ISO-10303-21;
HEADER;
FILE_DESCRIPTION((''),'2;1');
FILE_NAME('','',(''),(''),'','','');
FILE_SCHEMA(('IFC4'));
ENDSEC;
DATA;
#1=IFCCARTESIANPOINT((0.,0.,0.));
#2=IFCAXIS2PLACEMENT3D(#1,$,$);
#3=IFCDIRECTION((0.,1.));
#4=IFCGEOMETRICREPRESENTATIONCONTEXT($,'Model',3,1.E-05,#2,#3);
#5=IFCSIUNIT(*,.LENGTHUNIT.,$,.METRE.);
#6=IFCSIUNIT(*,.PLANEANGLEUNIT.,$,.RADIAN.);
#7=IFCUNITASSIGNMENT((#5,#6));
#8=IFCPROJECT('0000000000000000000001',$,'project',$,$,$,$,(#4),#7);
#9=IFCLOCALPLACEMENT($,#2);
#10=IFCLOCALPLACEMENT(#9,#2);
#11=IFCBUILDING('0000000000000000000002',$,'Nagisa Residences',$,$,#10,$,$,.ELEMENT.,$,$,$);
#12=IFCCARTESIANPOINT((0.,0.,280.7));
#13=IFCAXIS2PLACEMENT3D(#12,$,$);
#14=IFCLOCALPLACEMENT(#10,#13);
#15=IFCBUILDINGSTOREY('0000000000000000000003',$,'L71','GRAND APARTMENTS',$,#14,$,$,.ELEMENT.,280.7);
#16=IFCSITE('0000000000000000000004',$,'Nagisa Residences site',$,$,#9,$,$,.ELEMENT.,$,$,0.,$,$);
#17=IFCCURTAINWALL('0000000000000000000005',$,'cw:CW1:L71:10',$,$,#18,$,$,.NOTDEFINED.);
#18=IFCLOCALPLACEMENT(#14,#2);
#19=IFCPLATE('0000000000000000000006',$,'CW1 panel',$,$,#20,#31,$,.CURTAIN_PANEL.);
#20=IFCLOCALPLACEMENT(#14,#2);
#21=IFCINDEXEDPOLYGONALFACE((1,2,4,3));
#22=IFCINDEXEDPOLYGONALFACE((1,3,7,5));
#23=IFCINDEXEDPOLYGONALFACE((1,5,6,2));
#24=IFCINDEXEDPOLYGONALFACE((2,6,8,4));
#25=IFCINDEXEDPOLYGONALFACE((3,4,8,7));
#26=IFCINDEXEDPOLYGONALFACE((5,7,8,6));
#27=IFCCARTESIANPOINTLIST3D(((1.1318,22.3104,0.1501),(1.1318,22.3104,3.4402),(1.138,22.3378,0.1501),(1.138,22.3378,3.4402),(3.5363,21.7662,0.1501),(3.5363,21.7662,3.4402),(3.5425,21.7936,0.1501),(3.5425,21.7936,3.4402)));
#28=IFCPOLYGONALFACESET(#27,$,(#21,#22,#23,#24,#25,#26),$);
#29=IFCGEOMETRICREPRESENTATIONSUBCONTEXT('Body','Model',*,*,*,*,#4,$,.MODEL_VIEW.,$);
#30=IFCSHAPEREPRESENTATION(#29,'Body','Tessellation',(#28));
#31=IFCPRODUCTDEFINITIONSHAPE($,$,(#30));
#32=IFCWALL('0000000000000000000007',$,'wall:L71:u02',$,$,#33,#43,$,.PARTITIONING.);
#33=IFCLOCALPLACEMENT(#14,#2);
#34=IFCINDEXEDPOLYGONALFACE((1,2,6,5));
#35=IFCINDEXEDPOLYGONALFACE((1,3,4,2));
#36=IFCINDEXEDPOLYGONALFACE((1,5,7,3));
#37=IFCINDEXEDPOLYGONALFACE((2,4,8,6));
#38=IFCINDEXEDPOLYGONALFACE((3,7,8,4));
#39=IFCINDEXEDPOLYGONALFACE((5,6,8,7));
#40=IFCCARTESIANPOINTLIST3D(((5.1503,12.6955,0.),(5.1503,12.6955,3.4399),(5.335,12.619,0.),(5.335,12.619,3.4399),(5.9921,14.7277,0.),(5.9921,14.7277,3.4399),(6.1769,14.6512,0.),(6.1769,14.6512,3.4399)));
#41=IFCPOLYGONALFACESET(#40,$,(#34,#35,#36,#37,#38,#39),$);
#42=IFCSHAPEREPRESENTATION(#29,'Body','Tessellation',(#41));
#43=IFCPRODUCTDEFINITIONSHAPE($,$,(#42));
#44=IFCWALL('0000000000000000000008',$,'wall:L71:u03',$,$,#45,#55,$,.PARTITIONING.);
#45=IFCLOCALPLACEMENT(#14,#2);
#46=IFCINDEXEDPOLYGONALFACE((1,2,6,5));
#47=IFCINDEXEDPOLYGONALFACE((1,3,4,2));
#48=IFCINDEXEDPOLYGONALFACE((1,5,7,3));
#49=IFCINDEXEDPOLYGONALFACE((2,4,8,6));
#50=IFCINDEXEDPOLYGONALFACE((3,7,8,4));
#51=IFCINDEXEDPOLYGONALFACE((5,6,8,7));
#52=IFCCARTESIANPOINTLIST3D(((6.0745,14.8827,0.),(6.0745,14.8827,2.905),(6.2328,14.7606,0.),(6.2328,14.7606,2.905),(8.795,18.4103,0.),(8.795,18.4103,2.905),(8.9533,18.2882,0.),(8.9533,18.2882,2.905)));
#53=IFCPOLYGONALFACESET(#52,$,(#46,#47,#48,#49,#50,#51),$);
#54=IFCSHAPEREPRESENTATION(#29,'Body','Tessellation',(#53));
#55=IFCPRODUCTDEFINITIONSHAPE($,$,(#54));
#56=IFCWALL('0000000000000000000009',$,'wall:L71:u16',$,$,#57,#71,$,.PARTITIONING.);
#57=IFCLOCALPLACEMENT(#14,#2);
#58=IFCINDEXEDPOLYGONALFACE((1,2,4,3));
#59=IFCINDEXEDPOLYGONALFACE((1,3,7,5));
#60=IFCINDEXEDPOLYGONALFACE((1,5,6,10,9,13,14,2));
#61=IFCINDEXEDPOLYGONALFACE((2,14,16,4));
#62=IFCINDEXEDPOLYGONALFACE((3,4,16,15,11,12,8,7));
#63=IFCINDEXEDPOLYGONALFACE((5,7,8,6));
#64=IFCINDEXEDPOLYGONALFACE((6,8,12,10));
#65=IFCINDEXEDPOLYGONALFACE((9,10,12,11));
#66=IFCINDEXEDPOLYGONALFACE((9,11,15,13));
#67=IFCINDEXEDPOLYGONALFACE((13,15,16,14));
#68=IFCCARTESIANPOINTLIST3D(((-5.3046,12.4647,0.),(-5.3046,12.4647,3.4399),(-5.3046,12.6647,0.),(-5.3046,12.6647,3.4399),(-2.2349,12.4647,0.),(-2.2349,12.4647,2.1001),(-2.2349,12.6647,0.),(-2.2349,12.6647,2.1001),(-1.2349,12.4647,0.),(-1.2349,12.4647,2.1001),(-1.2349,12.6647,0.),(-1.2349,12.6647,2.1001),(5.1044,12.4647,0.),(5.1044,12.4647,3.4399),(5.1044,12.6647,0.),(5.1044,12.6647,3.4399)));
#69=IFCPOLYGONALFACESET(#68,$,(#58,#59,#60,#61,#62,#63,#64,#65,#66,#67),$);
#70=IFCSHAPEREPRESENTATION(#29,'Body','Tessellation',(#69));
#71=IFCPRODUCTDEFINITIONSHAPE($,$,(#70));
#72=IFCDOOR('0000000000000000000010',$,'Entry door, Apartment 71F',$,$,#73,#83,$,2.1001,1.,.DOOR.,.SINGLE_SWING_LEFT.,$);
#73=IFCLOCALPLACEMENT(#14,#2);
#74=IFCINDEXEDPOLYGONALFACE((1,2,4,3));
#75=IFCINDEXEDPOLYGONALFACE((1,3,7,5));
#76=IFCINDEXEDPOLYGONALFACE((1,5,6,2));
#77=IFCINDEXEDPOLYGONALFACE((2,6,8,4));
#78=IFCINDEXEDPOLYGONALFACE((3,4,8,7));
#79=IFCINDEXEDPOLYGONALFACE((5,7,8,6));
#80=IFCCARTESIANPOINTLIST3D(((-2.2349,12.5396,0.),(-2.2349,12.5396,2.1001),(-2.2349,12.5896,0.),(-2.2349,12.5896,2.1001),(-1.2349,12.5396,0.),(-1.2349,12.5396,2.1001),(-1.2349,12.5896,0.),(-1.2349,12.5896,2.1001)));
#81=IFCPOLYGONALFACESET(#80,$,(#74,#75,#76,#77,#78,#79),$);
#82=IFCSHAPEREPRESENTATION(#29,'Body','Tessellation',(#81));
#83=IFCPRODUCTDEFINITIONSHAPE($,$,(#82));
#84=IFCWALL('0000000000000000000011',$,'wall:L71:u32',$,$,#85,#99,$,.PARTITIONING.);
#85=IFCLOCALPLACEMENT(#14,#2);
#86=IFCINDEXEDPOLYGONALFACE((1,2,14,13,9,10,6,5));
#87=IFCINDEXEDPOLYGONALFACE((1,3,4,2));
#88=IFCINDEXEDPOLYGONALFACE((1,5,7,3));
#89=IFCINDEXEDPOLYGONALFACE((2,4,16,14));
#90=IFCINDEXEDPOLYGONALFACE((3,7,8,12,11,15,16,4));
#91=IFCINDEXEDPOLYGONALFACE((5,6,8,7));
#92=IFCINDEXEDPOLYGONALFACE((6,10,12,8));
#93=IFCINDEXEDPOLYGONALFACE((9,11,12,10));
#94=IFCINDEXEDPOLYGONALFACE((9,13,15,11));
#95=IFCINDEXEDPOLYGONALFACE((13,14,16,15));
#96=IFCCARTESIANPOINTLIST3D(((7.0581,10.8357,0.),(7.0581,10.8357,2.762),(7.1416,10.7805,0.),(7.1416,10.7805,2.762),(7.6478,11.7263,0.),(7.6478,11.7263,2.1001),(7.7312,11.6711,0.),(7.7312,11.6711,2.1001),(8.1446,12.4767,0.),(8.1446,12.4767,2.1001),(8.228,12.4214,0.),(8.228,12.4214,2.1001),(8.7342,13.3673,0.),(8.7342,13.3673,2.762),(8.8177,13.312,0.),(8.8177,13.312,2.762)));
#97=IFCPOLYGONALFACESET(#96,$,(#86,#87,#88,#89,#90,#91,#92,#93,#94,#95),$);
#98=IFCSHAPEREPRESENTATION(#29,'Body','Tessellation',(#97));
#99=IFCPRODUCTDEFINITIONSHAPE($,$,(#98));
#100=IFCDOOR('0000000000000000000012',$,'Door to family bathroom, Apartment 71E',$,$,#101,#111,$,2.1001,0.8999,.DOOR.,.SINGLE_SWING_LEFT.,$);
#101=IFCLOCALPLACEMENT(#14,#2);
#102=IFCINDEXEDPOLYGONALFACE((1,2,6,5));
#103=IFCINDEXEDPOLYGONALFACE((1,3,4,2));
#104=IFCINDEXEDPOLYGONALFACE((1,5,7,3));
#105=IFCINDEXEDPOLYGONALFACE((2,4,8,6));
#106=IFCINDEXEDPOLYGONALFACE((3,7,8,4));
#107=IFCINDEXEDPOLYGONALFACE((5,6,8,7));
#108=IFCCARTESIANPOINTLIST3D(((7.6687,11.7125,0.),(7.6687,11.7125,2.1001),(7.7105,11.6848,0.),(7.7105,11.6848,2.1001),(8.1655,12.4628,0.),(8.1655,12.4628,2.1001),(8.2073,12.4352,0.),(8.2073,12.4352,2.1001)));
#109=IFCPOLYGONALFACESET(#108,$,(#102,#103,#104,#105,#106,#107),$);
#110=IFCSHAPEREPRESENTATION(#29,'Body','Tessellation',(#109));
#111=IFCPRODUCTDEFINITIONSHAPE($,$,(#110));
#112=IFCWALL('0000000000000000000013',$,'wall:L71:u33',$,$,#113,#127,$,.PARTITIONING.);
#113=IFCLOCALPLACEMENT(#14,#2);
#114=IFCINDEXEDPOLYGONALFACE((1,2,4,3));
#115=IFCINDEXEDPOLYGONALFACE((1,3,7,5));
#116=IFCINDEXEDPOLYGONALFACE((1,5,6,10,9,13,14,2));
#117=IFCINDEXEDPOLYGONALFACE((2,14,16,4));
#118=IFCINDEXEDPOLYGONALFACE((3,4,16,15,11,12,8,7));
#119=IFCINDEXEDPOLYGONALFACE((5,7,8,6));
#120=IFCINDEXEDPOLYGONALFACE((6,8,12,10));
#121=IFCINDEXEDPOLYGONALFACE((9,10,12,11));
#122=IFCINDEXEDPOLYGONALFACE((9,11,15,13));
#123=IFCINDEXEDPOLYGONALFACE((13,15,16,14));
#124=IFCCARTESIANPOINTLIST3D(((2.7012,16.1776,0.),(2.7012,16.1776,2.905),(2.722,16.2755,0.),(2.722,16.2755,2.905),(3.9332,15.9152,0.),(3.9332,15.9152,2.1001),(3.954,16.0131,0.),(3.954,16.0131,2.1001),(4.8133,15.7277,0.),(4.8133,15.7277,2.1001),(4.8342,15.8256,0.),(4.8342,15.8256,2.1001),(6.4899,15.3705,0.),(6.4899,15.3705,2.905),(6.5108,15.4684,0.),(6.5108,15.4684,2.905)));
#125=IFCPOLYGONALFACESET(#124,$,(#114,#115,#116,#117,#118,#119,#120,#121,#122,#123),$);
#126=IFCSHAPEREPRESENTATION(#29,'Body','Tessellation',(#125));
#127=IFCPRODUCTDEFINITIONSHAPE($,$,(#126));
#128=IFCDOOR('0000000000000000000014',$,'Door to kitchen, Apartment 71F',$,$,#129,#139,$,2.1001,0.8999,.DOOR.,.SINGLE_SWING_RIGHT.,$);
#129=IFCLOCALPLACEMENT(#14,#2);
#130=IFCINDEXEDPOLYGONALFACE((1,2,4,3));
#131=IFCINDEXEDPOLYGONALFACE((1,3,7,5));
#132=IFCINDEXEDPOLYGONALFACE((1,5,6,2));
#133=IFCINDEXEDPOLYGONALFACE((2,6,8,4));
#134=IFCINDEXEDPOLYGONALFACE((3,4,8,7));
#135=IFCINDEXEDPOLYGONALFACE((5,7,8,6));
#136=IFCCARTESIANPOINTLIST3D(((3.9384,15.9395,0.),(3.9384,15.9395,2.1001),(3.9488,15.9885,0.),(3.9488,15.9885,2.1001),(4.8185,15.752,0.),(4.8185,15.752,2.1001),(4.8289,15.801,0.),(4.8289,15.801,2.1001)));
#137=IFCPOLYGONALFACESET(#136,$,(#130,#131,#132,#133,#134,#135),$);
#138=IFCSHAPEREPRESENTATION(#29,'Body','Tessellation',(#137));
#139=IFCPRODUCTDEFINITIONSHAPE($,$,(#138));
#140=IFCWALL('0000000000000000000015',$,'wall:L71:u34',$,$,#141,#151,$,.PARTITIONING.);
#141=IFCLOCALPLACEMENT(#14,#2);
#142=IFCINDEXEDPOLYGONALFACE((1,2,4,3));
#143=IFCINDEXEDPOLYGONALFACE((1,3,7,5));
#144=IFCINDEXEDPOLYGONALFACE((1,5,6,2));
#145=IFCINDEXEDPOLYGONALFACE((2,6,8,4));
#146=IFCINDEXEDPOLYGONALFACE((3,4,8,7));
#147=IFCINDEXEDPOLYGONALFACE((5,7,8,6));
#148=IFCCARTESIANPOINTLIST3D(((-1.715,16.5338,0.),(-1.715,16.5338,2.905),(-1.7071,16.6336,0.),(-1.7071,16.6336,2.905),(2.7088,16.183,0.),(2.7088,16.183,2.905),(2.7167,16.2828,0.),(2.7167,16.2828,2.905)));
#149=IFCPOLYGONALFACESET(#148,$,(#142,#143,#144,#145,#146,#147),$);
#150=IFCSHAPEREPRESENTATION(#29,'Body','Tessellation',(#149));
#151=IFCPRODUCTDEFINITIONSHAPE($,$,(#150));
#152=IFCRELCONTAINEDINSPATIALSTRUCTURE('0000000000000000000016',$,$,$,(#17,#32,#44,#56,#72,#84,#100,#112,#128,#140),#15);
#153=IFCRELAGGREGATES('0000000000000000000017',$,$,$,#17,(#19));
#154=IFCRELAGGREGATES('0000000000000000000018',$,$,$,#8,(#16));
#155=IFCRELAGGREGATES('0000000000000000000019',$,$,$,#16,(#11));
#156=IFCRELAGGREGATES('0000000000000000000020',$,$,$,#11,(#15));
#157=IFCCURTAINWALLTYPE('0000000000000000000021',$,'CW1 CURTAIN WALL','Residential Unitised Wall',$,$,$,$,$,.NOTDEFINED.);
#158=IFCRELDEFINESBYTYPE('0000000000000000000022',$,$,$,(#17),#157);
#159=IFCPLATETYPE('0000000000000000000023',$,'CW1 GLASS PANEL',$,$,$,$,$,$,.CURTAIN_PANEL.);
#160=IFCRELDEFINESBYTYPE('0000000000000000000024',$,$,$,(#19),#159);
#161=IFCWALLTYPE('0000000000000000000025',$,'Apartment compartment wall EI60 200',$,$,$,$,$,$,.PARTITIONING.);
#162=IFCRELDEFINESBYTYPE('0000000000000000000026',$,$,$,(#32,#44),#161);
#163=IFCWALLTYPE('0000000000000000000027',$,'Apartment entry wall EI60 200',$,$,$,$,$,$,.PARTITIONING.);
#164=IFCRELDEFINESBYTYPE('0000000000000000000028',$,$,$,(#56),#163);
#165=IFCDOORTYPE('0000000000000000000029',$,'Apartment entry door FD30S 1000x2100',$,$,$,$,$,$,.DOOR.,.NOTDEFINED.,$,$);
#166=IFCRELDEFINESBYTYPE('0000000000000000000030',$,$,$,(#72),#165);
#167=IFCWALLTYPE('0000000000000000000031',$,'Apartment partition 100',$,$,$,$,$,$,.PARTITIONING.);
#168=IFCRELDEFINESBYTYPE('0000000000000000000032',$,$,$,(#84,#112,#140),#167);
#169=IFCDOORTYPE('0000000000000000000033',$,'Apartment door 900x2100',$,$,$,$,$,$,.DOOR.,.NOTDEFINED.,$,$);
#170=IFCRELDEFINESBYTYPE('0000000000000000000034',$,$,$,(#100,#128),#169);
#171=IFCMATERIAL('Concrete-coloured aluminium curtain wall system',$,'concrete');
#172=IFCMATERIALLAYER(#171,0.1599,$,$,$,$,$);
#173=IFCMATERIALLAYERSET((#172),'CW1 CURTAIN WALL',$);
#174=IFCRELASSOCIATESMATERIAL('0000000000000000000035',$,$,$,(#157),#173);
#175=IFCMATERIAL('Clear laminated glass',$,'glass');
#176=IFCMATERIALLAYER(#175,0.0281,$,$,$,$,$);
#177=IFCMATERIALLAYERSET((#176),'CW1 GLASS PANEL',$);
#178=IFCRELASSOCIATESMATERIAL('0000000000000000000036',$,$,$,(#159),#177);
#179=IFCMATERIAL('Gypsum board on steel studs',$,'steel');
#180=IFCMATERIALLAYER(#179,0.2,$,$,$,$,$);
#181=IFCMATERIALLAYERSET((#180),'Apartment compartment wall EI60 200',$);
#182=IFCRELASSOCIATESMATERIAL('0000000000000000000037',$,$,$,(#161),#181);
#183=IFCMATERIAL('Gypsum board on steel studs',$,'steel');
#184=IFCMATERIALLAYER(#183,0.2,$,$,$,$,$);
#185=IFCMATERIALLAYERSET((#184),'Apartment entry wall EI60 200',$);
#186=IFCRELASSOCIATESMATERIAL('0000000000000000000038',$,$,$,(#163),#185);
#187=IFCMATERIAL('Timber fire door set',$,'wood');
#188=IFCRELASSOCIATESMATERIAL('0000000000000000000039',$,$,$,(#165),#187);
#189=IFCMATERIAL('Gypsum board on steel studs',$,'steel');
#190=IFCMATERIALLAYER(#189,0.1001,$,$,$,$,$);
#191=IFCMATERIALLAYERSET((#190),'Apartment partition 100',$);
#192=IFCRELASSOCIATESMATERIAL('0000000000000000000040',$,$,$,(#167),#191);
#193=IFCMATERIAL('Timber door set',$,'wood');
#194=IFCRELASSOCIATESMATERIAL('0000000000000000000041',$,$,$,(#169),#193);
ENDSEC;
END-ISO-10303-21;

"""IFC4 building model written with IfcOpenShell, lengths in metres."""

from ifc_helpers import new_model, si_unit, direction, frame, frame_2d, origin, origin_2d, place, context, subcontext, project, spatial, rectangle, extrude, material, layer, layer_set, type_object, element, fill, aggregate, save


model = new_model("IFC4")

# Units and contexts
model_context = context("Model", 3, precision=1e-05, world=origin(), true_north=direction((0.0, 1.0)))
body_context = subcontext(model_context, "Body", "Model", "MODEL_VIEW")
ifc_project = project(units=[si_unit("LENGTHUNIT", "METRE"), si_unit("PLANEANGLEUNIT", "RADIAN")], contexts=[model_context])

# Site, building, storey
site_placement = place(None, origin())
site = spatial("IfcSite", under=ifc_project, at=site_placement, Name="Nagisa Residences site", CompositionType="ELEMENT", RefElevation=0.0)
building_placement = place(site_placement, origin())
building = spatial("IfcBuilding", under=site, at=building_placement, Name="Nagisa Residences", CompositionType="ELEMENT")
storey_placement = place(building_placement, frame((0.0, 0.0, 280.7)))
storey = spatial("IfcBuildingStorey", under=building, at=storey_placement, Name="L71", Description="GRAND APARTMENTS", CompositionType="ELEMENT", Elevation=280.7)

# Curtain wall
ifc_material_1 = material(Name="Concrete-coloured aluminium curtain wall system", Category="concrete")
ifc_layer_1 = layer(ifc_material_1, 0.1599)
ifc_layer_set_1 = layer_set([ifc_layer_1], Name="CW1 CURTAIN WALL")
curtain_wall_type = type_object("IfcCurtainWallType", Name="CW1 CURTAIN WALL", Description="Residential Unitised Wall", PredefinedType="NOTDEFINED", material=ifc_layer_set_1)
curtain_wall_1_placement = place(storey_placement, origin())
curtain_wall_1 = element("IfcCurtainWall", 1, at=curtain_wall_1_placement, inside=storey, type_object=curtain_wall_type, Name="cw:CW1:L71:10", PredefinedType="NOTDEFINED")

# Plate
ifc_material_2 = material(Name="Clear laminated glass", Category="glass")
ifc_layer_2 = layer(ifc_material_2, 0.0281)
ifc_layer_set_2 = layer_set([ifc_layer_2], Name="CW1 GLASS PANEL")
plate_type = type_object("IfcPlateType", Name="CW1 GLASS PANEL", PredefinedType="CURTAIN_PANEL", material=ifc_layer_set_2)
plate_1_placement = place(storey_placement, frame((2.3372, 22.052, 0.1501), z_axis=(0.0, 0.0, 1.0), x_axis=(-0.975327, 0.220764, 0.0)))
plate_1 = element("IfcPlate", 2, at=plate_1_placement, type_object=plate_type, Name="CW1 panel", PredefinedType="CURTAIN_PANEL", context=body_context, shape_type="SweptSolid", body=[
    extrude(rectangle(XDim=2.4653, YDim=0.0281, at=origin_2d()), origin(), (0.0, 0.0, 1.0), 3.29),
])
aggregate(curtain_wall_1, [plate_1])

# Walls
ifc_material_3 = material(Name="Gypsum board on steel studs", Category="steel")
ifc_layer_3 = layer(ifc_material_3, 0.2)
ifc_layer_set_3 = layer_set([ifc_layer_3], Name="Apartment compartment wall EI60 200")
wall_type_1 = type_object("IfcWallType", Name="Apartment compartment wall EI60 200", PredefinedType="PARTITIONING", material=ifc_layer_set_3)
wall_1_placement = place(storey_placement, frame((5.2427, 12.6572, 0.0), z_axis=(0.0, 0.0, 1.0), x_axis=(0.382692, 0.923876, 0.0)))
element("IfcWall", 3, at=wall_1_placement, inside=storey, type_object=wall_type_1, Name="wall:L71:u02", PredefinedType="PARTITIONING", context=body_context, shape_type="SweptSolid", body=[
    extrude(rectangle(XDim=2.1997, YDim=0.2, at=frame_2d((1.0999, 0.0))), origin(), (0.0, 0.0, 1.0), 3.4399),
])
wall_2_placement = place(storey_placement, frame((6.1536, 14.8215, 0.0), z_axis=(0.0, 0.0, 1.0), x_axis=(0.610688, 0.791872, 0.0)))
element("IfcWall", 4, at=wall_2_placement, inside=storey, type_object=wall_type_1, Name="wall:L71:u03", PredefinedType="PARTITIONING", context=body_context, shape_type="SweptSolid", body=[
    extrude(rectangle(XDim=4.4548, YDim=0.2, at=frame_2d((2.2275, 0.0))), origin(), (0.0, 0.0, 1.0), 2.905),
])

# Walls, openings, doors
ifc_material_4 = material(Name="Gypsum board on steel studs", Category="steel")
ifc_layer_4 = layer(ifc_material_4, 0.2)
ifc_layer_set_4 = layer_set([ifc_layer_4], Name="Apartment entry wall EI60 200")
wall_type_2 = type_object("IfcWallType", Name="Apartment entry wall EI60 200", PredefinedType="PARTITIONING", material=ifc_layer_set_4)
wall_3_placement = place(storey_placement, frame((5.1045, 12.5647, 0.0), z_axis=(0.0, 0.0, 1.0), x_axis=(-1.0, 0.0, 0.0)))
wall_3 = element("IfcWall", 5, at=wall_3_placement, inside=storey, type_object=wall_type_2, Name="wall:L71:u16", PredefinedType="PARTITIONING", context=body_context, shape_type="SweptSolid", body=[
    extrude(rectangle(XDim=10.4089, YDim=0.2, at=frame_2d((5.2046, 0.0))), origin(), (0.0, 0.0, 1.0), 3.4399),
])
opening_1_placement = place(wall_3_placement, frame((6.3394, 0.0, 0.0)))
opening_1 = element("IfcOpeningElement", 6, at=opening_1_placement, cuts=wall_3, PredefinedType="OPENING", context=body_context, shape_type="SweptSolid", body=[
    extrude(rectangle(XDim=1.0, YDim=2.1001, at=frame_2d((0.5, 1.05))), frame((0.0, 0.1099, 0.0), z_axis=(0.0, -1.0, 0.0), x_axis=(1.0, 0.0, 0.0)), (0.0, 0.0, 1.0), 0.22),
])
ifc_material_5 = material(Name="Timber fire door set", Category="wood")
door_type_1 = type_object("IfcDoorType", Name="Apartment entry door FD30S 1000x2100", OperationType="NOTDEFINED", PredefinedType="DOOR", material=ifc_material_5)
door_1_placement = place(opening_1_placement, frame((1.0, 0.0, 0.0), x_axis=(-1.0, 0.0, 0.0)))
door_1 = element("IfcDoor", 7, at=door_1_placement, inside=storey, type_object=door_type_1, Name="Entry door, Apartment 71F", OperationType="SINGLE_SWING_LEFT", OverallHeight=2.1001, OverallWidth=1.0, PredefinedType="DOOR", context=body_context, shape_type="SweptSolid", body=[
    extrude(rectangle(XDim=1.0, YDim=2.1001, at=frame_2d((0.5, 1.05))), frame((0.0, 0.0249, 0.0), z_axis=(0.0, -1.0, 0.0), x_axis=(1.0, 0.0, 0.0)), (0.0, 0.0, 1.0), 0.05),
])
fill(opening_1, door_1)
ifc_material_6 = material(Name="Gypsum board on steel studs", Category="steel")
ifc_layer_5 = layer(ifc_material_6, 0.1001)
ifc_layer_set_5 = layer_set([ifc_layer_5], Name="Apartment partition 100")
wall_type_3 = type_object("IfcWallType", Name="Apartment partition 100", PredefinedType="PARTITIONING", material=ifc_layer_set_5)
wall_4_placement = place(storey_placement, frame((7.0999, 10.8081, 0.0), z_axis=(0.0, 0.0, 1.0), x_axis=(0.552044, 0.833815, 0.0)))
wall_4 = element("IfcWall", 8, at=wall_4_placement, inside=storey, type_object=wall_type_3, Name="wall:L71:u32", PredefinedType="PARTITIONING", context=body_context, shape_type="SweptSolid", body=[
    extrude(rectangle(XDim=3.0361, YDim=0.1001, at=frame_2d((1.5181, 0.0))), origin(), (0.0, 0.0, 1.0), 2.762),
])
opening_2_placement = place(wall_4_placement, frame((1.0681, 0.0, 0.0)))
opening_2 = element("IfcOpeningElement", 9, at=opening_2_placement, cuts=wall_4, PredefinedType="OPENING", context=body_context, shape_type="SweptSolid", body=[
    extrude(rectangle(XDim=0.8999, YDim=2.1001, at=frame_2d((0.45, 1.05))), frame((0.0, 0.0601, 0.0), z_axis=(0.0, -1.0, 0.0), x_axis=(1.0, 0.0, 0.0)), (0.0, 0.0, 1.0), 0.1201),
])
ifc_material_7 = material(Name="Timber door set", Category="wood")
door_type_2 = type_object("IfcDoorType", Name="Apartment door 900x2100", OperationType="NOTDEFINED", PredefinedType="DOOR", material=ifc_material_7)
door_2_placement = place(opening_2_placement, origin())
door_2 = element("IfcDoor", 10, at=door_2_placement, inside=storey, type_object=door_type_2, Name="Door to family bathroom, Apartment 71E", OperationType="SINGLE_SWING_LEFT", OverallHeight=2.1001, OverallWidth=0.8999, PredefinedType="DOOR", context=body_context, shape_type="SweptSolid", body=[
    extrude(rectangle(XDim=0.8999, YDim=2.1001, at=frame_2d((0.45, 1.05))), frame((0.0, 0.0249, 0.0), z_axis=(0.0, -1.0, 0.0), x_axis=(1.0, 0.0, 0.0)), (0.0, 0.0, 1.0), 0.05),
])
fill(opening_2, door_2)
wall_5_placement = place(storey_placement, frame((6.5005, 15.4194, 0.0), z_axis=(0.0, 0.0, 1.0), x_axis=(-0.978053, 0.208354, 0.0)))
wall_5 = element("IfcWall", 11, at=wall_5_placement, inside=storey, type_object=wall_type_3, Name="wall:L71:u33", PredefinedType="PARTITIONING", context=body_context, shape_type="SweptSolid", body=[
    extrude(rectangle(XDim=3.8738, YDim=0.1001, at=frame_2d((1.937, 0.0))), origin(), (0.0, 0.0, 1.0), 2.905),
])
opening_3_placement = place(wall_5_placement, frame((1.7144, 0.0, 0.0)))
opening_3 = element("IfcOpeningElement", 12, at=opening_3_placement, cuts=wall_5, PredefinedType="OPENING", context=body_context, shape_type="SweptSolid", body=[
    extrude(rectangle(XDim=0.8999, YDim=2.1001, at=frame_2d((0.45, 1.05))), frame((0.0, 0.0601, 0.0), z_axis=(0.0, -1.0, 0.0), x_axis=(1.0, 0.0, 0.0)), (0.0, 0.0, 1.0), 0.1201),
])
door_3_placement = place(opening_3_placement, frame((0.8999, 0.0, 0.0), x_axis=(-1.0, 0.0, 0.0)))
door_3 = element("IfcDoor", 13, at=door_3_placement, inside=storey, type_object=door_type_2, Name="Door to kitchen, Apartment 71F", OperationType="SINGLE_SWING_RIGHT", OverallHeight=2.1001, OverallWidth=0.8999, PredefinedType="DOOR", context=body_context, shape_type="SweptSolid", body=[
    extrude(rectangle(XDim=0.8999, YDim=2.1001, at=frame_2d((0.45, 1.05))), frame((0.0, 0.0249, 0.0), z_axis=(0.0, -1.0, 0.0), x_axis=(1.0, 0.0, 0.0)), (0.0, 0.0, 1.0), 0.05),
])
fill(opening_3, door_3)

# Wall
wall_6_placement = place(storey_placement, frame((2.7126, 16.2329, 0.0), z_axis=(0.0, 0.0, 1.0), x_axis=(-0.99687, 0.079056, 0.0)))
element("IfcWall", 14, at=wall_6_placement, inside=storey, type_object=wall_type_3, Name="wall:L71:u34", PredefinedType="PARTITIONING", context=body_context, shape_type="SweptSolid", body=[
    extrude(rectangle(XDim=4.4377, YDim=0.1001, at=frame_2d((2.2188, 0.0))), origin(), (0.0, 0.0, 1.0), 2.905),
])

save(model, "model.ifc")
